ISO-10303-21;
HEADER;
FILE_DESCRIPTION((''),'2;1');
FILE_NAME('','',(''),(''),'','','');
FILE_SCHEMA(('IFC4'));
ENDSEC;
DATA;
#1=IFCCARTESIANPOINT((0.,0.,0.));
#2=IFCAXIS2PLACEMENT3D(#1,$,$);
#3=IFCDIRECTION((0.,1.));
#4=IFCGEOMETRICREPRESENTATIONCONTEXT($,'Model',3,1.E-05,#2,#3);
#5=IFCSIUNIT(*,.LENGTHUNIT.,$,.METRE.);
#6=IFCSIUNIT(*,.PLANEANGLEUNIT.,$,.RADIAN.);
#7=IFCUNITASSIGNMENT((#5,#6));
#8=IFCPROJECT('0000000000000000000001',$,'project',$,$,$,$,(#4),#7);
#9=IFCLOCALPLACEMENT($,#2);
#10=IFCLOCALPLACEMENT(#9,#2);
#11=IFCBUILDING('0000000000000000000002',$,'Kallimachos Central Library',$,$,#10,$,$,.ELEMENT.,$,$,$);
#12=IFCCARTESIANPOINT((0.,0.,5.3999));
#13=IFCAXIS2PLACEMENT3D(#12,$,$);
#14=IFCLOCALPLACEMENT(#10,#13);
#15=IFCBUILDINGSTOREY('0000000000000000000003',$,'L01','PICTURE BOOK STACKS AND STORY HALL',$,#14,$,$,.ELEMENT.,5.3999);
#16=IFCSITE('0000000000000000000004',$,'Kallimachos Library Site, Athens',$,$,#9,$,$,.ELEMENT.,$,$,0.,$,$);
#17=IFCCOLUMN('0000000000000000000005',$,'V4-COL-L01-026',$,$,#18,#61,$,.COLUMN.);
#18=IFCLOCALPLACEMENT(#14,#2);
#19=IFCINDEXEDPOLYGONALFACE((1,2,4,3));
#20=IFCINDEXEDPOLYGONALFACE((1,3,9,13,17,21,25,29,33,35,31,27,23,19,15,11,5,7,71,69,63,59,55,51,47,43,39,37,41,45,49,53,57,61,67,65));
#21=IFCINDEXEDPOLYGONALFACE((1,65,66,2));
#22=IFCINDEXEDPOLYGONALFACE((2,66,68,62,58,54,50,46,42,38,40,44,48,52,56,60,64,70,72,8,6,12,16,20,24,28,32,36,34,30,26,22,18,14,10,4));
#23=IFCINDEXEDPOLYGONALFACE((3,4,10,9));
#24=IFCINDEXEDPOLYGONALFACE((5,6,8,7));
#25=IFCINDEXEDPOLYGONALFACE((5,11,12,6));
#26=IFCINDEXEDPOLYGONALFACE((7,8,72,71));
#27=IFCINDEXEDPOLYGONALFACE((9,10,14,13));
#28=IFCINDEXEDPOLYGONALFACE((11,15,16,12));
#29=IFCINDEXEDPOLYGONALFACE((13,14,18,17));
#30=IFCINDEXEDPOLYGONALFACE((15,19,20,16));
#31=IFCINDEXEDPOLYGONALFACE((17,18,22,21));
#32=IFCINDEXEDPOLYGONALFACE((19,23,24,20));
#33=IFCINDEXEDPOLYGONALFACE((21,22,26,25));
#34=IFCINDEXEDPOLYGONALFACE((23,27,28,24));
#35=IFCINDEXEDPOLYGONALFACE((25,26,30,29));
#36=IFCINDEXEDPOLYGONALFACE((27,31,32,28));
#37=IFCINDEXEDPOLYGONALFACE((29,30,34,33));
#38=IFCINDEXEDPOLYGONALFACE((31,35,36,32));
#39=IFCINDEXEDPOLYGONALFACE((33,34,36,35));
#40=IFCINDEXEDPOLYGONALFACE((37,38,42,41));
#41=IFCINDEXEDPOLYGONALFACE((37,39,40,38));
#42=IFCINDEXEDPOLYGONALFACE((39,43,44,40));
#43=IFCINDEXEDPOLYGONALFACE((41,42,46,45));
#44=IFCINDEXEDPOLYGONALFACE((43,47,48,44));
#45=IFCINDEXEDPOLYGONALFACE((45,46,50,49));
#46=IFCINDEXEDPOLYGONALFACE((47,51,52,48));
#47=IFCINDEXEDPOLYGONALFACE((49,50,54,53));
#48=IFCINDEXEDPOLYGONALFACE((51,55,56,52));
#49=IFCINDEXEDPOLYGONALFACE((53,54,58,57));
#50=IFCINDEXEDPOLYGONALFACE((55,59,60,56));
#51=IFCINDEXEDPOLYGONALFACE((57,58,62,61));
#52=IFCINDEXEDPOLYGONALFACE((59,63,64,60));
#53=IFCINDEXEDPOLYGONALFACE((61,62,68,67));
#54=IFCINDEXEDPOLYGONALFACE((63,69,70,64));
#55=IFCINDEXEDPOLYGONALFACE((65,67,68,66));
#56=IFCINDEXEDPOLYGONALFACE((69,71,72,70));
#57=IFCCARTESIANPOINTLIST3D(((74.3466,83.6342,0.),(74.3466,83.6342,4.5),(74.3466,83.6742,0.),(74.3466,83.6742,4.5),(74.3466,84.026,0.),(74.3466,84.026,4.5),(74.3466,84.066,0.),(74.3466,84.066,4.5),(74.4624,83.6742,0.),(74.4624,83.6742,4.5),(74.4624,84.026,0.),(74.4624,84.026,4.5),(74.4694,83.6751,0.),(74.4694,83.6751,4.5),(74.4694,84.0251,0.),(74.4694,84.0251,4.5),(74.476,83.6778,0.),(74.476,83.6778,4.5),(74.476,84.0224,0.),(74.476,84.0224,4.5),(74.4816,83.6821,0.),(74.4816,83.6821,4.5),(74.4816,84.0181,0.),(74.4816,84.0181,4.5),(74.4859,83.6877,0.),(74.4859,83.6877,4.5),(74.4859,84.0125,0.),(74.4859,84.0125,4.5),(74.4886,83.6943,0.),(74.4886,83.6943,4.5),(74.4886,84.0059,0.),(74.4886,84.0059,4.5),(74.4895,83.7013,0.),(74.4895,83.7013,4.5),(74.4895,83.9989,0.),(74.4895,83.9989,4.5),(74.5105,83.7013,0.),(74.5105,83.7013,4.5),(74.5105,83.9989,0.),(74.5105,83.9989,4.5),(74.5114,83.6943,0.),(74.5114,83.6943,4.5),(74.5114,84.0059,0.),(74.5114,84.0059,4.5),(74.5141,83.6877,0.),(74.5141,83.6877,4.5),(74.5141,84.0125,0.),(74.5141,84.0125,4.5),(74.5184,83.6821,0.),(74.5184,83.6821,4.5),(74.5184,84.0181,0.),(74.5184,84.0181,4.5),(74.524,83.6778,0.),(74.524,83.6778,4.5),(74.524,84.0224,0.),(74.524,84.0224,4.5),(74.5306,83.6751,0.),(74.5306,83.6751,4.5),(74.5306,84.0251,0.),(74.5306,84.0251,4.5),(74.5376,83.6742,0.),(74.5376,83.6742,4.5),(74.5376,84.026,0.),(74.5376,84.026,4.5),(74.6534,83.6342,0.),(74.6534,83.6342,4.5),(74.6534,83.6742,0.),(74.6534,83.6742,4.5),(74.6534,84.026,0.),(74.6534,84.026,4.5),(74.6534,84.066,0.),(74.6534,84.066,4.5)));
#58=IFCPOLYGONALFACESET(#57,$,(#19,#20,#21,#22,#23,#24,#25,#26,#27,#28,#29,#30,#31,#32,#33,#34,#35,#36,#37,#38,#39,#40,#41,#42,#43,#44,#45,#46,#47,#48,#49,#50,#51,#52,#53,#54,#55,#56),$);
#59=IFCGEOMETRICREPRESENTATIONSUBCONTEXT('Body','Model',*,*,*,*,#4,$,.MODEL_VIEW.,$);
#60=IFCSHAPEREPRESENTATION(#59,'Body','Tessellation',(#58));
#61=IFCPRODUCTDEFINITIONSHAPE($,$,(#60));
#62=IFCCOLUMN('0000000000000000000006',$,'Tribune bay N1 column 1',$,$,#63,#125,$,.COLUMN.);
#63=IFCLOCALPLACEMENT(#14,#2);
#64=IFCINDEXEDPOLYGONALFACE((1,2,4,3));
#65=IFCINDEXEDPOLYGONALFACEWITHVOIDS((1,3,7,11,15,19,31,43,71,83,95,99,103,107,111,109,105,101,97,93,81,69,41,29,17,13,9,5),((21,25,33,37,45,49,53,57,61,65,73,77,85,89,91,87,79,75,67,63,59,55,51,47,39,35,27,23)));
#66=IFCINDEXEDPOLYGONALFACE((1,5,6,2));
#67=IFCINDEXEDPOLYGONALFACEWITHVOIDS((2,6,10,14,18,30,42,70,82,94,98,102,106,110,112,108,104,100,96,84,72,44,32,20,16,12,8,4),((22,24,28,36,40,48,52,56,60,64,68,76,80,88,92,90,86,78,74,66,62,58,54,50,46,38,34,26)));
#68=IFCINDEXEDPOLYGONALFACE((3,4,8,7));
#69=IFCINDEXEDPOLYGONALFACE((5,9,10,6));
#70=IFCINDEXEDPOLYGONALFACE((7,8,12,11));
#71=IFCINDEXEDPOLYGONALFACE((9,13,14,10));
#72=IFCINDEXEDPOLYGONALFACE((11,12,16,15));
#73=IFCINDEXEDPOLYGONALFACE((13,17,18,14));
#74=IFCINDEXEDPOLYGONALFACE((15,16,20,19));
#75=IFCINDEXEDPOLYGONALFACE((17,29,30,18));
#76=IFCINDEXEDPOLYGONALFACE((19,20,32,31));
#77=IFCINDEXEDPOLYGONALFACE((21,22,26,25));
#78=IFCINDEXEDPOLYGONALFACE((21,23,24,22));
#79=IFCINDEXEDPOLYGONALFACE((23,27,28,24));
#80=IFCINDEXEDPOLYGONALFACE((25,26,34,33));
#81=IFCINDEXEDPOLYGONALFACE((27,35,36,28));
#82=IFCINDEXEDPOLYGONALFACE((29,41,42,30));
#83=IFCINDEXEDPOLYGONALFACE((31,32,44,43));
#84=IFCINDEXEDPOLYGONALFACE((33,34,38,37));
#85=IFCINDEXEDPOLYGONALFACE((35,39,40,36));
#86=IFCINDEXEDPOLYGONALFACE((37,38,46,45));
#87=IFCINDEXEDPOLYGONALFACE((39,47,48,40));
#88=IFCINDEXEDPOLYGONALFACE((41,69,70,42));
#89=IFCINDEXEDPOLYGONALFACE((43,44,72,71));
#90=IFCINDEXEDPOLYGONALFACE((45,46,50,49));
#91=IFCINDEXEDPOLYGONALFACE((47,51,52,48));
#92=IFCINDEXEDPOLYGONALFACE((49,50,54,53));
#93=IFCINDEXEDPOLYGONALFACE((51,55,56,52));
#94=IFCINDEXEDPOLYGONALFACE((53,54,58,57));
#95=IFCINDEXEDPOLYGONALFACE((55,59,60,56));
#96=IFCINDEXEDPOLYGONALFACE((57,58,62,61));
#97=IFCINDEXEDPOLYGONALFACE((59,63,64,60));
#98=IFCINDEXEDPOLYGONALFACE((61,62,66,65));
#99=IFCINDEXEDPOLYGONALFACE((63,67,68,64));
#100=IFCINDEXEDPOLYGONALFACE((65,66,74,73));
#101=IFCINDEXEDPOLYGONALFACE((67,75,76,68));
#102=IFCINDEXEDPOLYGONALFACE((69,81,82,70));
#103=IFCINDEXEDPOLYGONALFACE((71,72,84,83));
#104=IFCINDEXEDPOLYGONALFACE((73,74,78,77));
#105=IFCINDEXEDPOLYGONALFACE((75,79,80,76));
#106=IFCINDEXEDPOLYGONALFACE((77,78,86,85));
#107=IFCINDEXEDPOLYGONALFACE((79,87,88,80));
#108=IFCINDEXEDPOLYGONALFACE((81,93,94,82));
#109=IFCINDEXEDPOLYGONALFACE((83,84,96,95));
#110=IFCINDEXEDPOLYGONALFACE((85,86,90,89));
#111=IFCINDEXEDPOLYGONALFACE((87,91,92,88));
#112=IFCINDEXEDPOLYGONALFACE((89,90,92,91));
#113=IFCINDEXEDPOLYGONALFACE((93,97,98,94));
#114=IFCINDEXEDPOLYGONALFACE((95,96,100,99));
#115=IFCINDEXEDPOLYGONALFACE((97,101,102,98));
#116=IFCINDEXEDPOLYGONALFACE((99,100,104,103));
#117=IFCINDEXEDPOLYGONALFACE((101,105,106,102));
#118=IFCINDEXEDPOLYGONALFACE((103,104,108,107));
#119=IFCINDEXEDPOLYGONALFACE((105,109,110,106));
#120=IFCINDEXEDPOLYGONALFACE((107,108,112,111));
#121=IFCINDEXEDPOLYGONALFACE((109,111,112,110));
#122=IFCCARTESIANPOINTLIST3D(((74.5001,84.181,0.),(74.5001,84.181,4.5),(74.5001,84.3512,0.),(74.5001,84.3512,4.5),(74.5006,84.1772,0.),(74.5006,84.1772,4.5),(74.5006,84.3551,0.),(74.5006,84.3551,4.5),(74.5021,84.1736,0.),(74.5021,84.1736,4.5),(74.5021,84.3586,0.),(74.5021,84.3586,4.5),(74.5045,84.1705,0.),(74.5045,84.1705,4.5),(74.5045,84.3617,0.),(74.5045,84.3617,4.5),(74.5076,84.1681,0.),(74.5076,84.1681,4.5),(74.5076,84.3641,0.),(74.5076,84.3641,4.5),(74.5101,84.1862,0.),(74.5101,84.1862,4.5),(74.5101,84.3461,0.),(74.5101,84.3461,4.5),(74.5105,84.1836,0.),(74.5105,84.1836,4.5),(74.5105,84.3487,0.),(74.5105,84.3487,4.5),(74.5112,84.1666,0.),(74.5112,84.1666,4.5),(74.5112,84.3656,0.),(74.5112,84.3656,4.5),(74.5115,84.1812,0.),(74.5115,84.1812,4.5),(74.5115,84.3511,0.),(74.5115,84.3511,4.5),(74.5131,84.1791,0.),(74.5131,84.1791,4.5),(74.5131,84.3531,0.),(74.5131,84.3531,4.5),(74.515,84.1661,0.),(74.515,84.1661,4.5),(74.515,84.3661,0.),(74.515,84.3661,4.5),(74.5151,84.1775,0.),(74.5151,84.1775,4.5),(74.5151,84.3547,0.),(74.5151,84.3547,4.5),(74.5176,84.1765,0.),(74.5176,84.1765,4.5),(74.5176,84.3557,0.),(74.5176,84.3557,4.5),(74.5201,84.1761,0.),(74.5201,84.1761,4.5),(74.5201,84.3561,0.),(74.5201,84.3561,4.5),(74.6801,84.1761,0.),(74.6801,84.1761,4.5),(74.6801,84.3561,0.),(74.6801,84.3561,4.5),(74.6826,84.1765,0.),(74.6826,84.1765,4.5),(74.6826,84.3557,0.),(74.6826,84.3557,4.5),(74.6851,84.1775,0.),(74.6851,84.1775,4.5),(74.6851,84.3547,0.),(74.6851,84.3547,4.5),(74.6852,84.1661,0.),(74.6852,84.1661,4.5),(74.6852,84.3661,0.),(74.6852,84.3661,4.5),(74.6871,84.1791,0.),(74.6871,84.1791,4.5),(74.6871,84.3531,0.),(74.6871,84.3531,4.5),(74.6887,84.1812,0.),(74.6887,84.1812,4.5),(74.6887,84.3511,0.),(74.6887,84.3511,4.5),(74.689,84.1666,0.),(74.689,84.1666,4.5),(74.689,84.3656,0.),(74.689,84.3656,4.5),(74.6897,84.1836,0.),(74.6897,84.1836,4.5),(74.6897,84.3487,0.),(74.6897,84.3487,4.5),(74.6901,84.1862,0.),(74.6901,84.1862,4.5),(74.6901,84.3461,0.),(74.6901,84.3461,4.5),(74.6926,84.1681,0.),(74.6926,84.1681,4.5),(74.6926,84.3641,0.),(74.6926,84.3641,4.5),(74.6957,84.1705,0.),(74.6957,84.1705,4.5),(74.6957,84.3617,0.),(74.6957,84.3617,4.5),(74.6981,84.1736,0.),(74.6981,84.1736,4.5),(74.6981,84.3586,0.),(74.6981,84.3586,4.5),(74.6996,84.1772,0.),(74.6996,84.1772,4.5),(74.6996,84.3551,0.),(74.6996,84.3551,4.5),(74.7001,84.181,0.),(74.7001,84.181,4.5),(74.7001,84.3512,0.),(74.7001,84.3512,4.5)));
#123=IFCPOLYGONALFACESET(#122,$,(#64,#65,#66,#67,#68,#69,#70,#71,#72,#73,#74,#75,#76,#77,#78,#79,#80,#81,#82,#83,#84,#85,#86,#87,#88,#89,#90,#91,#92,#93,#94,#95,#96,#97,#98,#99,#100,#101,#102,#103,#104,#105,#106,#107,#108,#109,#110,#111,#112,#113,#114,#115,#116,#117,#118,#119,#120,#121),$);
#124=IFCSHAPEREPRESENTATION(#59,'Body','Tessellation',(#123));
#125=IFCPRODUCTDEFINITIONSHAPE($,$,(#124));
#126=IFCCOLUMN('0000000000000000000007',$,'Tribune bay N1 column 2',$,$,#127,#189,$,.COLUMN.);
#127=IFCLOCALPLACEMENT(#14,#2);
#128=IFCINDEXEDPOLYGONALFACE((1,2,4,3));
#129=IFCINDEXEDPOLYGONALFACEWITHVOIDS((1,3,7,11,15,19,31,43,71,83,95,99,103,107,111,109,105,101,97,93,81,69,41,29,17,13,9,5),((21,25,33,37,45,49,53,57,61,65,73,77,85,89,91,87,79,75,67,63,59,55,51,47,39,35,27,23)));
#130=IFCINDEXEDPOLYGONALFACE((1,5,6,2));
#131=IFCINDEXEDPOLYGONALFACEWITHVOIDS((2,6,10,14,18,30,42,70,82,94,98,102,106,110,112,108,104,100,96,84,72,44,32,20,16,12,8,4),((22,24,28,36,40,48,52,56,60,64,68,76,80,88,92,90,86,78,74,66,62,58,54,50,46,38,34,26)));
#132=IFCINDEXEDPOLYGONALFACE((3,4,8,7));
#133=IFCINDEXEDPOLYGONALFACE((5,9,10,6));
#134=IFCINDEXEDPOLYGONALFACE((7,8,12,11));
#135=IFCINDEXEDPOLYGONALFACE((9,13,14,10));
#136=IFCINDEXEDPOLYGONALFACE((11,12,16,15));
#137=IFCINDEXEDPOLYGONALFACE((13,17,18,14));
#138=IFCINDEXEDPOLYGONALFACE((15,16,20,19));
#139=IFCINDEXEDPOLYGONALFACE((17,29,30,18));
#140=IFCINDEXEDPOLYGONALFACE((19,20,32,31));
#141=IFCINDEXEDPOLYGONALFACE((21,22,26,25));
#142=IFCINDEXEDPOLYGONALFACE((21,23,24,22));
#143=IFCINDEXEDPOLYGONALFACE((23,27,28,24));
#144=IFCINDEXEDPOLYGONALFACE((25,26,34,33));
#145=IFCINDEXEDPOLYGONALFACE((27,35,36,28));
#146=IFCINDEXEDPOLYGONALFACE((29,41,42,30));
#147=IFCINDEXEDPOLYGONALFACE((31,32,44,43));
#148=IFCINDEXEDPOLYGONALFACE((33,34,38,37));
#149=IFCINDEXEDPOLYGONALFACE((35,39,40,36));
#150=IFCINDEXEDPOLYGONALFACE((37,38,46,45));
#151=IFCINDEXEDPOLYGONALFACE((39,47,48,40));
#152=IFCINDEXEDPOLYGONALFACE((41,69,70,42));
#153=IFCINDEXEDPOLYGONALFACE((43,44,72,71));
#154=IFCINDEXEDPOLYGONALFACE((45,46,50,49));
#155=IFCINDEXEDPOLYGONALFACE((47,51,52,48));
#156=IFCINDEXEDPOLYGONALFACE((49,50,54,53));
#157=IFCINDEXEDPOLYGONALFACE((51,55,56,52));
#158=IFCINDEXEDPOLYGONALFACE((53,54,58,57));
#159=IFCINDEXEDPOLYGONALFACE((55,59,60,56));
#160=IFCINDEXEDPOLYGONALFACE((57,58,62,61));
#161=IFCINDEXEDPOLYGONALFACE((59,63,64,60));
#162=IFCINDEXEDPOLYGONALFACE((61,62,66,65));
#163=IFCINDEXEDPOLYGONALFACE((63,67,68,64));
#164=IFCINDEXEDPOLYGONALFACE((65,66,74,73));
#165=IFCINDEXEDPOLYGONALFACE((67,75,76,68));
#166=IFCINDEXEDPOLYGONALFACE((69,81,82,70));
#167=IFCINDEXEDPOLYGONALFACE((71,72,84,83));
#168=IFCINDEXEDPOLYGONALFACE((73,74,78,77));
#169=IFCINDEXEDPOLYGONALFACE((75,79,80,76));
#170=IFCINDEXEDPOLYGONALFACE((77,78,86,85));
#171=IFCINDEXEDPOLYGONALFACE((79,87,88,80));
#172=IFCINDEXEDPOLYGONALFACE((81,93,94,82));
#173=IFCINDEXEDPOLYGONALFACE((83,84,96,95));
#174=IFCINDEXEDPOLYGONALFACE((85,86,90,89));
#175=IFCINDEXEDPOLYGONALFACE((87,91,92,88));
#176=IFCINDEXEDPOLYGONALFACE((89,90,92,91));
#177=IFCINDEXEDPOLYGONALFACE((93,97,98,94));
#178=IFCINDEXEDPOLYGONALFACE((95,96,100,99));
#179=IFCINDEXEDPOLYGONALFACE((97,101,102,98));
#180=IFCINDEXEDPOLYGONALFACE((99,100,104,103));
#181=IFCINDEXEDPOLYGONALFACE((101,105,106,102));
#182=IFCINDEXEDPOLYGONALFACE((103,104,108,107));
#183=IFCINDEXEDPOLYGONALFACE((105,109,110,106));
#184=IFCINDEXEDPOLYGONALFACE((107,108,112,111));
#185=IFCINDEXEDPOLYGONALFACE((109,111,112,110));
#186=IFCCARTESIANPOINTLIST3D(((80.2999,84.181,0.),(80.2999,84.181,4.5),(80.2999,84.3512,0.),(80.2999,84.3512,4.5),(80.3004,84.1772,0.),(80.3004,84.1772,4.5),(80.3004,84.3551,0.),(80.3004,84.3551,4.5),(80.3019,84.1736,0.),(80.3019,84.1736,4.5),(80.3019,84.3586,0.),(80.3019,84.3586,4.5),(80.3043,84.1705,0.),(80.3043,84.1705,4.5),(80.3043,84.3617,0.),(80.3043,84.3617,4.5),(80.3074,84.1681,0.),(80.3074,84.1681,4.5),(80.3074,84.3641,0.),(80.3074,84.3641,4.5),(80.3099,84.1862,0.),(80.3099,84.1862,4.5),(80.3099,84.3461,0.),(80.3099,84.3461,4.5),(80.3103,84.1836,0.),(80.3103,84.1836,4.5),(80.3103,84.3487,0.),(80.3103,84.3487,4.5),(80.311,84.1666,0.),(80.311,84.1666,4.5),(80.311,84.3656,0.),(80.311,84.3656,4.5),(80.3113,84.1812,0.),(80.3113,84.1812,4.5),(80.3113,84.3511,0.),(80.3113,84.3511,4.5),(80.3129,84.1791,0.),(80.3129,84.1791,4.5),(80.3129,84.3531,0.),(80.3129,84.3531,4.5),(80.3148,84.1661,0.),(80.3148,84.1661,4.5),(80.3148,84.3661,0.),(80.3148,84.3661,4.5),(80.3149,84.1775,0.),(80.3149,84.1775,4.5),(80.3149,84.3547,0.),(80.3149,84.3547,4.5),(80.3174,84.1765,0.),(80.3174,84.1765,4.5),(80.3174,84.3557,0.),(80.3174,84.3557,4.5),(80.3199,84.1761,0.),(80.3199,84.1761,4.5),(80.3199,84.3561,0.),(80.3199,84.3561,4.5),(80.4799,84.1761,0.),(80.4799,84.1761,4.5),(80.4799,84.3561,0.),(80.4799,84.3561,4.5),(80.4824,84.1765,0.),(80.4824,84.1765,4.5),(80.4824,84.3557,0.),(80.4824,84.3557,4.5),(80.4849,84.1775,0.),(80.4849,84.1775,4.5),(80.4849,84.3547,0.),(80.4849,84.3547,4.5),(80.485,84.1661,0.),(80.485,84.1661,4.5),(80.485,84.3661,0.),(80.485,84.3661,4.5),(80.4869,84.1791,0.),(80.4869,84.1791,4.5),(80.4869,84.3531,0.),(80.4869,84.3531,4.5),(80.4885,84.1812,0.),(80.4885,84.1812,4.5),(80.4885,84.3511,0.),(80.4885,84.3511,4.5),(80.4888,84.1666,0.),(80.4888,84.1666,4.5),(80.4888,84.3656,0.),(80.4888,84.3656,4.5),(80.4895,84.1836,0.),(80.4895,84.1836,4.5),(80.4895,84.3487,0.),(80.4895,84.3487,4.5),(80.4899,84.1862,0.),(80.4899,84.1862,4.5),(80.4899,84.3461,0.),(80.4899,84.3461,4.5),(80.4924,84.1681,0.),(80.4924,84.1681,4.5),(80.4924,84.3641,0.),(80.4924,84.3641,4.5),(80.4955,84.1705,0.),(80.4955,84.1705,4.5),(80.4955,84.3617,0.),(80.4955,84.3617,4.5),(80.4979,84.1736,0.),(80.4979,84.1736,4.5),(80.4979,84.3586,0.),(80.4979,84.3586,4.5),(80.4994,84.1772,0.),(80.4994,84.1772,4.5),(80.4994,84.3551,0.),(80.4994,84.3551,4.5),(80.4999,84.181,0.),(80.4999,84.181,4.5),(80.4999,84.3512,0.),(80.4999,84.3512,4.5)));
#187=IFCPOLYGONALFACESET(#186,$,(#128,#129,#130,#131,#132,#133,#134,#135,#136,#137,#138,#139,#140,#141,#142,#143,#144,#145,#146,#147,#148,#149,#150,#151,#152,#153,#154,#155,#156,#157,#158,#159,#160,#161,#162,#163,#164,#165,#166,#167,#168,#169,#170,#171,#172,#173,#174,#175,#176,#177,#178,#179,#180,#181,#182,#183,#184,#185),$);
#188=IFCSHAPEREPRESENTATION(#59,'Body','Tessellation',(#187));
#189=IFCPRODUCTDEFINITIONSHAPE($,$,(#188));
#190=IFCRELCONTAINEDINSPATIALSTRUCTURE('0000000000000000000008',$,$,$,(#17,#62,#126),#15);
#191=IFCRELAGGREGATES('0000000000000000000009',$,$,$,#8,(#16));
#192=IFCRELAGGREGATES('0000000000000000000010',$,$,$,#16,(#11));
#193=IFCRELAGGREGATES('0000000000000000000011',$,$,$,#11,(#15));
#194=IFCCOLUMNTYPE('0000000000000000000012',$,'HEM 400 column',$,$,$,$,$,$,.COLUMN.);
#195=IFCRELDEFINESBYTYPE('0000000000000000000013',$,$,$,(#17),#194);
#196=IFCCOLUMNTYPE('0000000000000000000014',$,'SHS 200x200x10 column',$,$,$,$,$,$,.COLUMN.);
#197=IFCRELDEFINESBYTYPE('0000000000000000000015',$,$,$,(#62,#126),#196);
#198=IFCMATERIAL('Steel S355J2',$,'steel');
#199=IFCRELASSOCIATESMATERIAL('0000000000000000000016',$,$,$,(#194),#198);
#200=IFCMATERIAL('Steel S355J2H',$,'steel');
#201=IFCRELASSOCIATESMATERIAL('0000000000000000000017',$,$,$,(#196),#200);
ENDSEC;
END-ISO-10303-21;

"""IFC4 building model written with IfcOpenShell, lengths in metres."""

from ifc_helpers import new_model, si_unit, direction, frame, origin, origin_2d, place, context, subcontext, project, spatial, hollow_rectangle, i_section, extrude, material, material_profile, profile_set, type_object, element, save


model = new_model("IFC4")

# Units and contexts
model_context = context("Model", 3, precision=1e-05, world=origin(), true_north=direction((0.0, 1.0)))
body_context = subcontext(model_context, "Body", "Model", "MODEL_VIEW")
ifc_project = project(units=[si_unit("LENGTHUNIT", "METRE"), si_unit("PLANEANGLEUNIT", "RADIAN")], contexts=[model_context])

# Site, building, storey
site_placement = place(None, origin())
site = spatial("IfcSite", under=ifc_project, at=site_placement, Name="Kallimachos Library Site, Athens", CompositionType="ELEMENT", RefElevation=0.0)
building_placement = place(site_placement, origin())
building = spatial("IfcBuilding", under=site, at=building_placement, Name="Kallimachos Central Library", CompositionType="ELEMENT")
storey_placement = place(building_placement, frame((0.0, 0.0, 5.3999)))
storey = spatial("IfcBuildingStorey", under=building, at=storey_placement, Name="L01", Description="PICTURE BOOK STACKS AND STORY HALL", CompositionType="ELEMENT", Elevation=5.3999)

# Columns
ifc_material_1 = material(Name="Steel S355J2", Category="steel")
ifc_material_profile_1 = material_profile(ifc_material_1, i_section(OverallWidth=0.3069, OverallDepth=0.4319, WebThickness=0.021, FlangeThickness=0.04, FilletRadius=0.0271, at=origin_2d()), Name="HEM 400")
ifc_profile_set_1 = profile_set([ifc_material_profile_1], Name="Steel S355J2")
column_type_1 = type_object("IfcColumnType", Name="HEM 400 column", PredefinedType="COLUMN", material=ifc_profile_set_1)
column_placement = place(storey_placement, frame((74.5, 83.8501, 0.0), z_axis=(0.0, 0.0, 1.0), x_axis=(1.0, 0.0, 0.0)))
element("IfcColumn", 1, at=column_placement, inside=storey, type_object=column_type_1, Name="V4-COL-L01-026", PredefinedType="COLUMN", context=body_context, shape_type="SweptSolid", body=[
    extrude(i_section(OverallWidth=0.3069, OverallDepth=0.4319, WebThickness=0.021, FlangeThickness=0.04, FilletRadius=0.0271, at=origin_2d()), origin(), (0.0, 0.0, 1.0), 4.5),
])
ifc_material_2 = material(Name="Steel S355J2H", Category="steel")
ifc_material_profile_2 = material_profile(ifc_material_2, hollow_rectangle(XDim=0.2, YDim=0.2, WallThickness=0.01, InnerFilletRadius=0.01, OuterFilletRadius=0.0149, at=origin_2d()), Name="SHS 200x200x10")
ifc_profile_set_2 = profile_set([ifc_material_profile_2], Name="Steel S355J2H")
column_type_2 = type_object("IfcColumnType", Name="SHS 200x200x10 column", PredefinedType="COLUMN", material=ifc_profile_set_2)
for number, where, z_axis, x_axis, name in (
    (2, (74.6001, 84.2661, 0.0), (0.0, 0.0, 1.0), (1.0, 0.0, 0.0), "Tribune bay N1 column 1"),
    (3, (80.3999, 84.2661, 0.0), (0.0, 0.0, 1.0), (1.0, 0.0, 0.0), "Tribune bay N1 column 2"),
):
    element("IfcColumn", number, at=place(storey_placement, frame(where, z_axis=z_axis, x_axis=x_axis)), inside=storey, type_object=column_type_2, Name=name, PredefinedType="COLUMN", context=body_context, shape_type="SweptSolid", body=[
        extrude(hollow_rectangle(XDim=0.2, YDim=0.2, WallThickness=0.01, InnerFilletRadius=0.01, OuterFilletRadius=0.0149, at=origin_2d()), origin(), (0.0, 0.0, 1.0), 4.5),
    ])

save(model, "model.ifc")
